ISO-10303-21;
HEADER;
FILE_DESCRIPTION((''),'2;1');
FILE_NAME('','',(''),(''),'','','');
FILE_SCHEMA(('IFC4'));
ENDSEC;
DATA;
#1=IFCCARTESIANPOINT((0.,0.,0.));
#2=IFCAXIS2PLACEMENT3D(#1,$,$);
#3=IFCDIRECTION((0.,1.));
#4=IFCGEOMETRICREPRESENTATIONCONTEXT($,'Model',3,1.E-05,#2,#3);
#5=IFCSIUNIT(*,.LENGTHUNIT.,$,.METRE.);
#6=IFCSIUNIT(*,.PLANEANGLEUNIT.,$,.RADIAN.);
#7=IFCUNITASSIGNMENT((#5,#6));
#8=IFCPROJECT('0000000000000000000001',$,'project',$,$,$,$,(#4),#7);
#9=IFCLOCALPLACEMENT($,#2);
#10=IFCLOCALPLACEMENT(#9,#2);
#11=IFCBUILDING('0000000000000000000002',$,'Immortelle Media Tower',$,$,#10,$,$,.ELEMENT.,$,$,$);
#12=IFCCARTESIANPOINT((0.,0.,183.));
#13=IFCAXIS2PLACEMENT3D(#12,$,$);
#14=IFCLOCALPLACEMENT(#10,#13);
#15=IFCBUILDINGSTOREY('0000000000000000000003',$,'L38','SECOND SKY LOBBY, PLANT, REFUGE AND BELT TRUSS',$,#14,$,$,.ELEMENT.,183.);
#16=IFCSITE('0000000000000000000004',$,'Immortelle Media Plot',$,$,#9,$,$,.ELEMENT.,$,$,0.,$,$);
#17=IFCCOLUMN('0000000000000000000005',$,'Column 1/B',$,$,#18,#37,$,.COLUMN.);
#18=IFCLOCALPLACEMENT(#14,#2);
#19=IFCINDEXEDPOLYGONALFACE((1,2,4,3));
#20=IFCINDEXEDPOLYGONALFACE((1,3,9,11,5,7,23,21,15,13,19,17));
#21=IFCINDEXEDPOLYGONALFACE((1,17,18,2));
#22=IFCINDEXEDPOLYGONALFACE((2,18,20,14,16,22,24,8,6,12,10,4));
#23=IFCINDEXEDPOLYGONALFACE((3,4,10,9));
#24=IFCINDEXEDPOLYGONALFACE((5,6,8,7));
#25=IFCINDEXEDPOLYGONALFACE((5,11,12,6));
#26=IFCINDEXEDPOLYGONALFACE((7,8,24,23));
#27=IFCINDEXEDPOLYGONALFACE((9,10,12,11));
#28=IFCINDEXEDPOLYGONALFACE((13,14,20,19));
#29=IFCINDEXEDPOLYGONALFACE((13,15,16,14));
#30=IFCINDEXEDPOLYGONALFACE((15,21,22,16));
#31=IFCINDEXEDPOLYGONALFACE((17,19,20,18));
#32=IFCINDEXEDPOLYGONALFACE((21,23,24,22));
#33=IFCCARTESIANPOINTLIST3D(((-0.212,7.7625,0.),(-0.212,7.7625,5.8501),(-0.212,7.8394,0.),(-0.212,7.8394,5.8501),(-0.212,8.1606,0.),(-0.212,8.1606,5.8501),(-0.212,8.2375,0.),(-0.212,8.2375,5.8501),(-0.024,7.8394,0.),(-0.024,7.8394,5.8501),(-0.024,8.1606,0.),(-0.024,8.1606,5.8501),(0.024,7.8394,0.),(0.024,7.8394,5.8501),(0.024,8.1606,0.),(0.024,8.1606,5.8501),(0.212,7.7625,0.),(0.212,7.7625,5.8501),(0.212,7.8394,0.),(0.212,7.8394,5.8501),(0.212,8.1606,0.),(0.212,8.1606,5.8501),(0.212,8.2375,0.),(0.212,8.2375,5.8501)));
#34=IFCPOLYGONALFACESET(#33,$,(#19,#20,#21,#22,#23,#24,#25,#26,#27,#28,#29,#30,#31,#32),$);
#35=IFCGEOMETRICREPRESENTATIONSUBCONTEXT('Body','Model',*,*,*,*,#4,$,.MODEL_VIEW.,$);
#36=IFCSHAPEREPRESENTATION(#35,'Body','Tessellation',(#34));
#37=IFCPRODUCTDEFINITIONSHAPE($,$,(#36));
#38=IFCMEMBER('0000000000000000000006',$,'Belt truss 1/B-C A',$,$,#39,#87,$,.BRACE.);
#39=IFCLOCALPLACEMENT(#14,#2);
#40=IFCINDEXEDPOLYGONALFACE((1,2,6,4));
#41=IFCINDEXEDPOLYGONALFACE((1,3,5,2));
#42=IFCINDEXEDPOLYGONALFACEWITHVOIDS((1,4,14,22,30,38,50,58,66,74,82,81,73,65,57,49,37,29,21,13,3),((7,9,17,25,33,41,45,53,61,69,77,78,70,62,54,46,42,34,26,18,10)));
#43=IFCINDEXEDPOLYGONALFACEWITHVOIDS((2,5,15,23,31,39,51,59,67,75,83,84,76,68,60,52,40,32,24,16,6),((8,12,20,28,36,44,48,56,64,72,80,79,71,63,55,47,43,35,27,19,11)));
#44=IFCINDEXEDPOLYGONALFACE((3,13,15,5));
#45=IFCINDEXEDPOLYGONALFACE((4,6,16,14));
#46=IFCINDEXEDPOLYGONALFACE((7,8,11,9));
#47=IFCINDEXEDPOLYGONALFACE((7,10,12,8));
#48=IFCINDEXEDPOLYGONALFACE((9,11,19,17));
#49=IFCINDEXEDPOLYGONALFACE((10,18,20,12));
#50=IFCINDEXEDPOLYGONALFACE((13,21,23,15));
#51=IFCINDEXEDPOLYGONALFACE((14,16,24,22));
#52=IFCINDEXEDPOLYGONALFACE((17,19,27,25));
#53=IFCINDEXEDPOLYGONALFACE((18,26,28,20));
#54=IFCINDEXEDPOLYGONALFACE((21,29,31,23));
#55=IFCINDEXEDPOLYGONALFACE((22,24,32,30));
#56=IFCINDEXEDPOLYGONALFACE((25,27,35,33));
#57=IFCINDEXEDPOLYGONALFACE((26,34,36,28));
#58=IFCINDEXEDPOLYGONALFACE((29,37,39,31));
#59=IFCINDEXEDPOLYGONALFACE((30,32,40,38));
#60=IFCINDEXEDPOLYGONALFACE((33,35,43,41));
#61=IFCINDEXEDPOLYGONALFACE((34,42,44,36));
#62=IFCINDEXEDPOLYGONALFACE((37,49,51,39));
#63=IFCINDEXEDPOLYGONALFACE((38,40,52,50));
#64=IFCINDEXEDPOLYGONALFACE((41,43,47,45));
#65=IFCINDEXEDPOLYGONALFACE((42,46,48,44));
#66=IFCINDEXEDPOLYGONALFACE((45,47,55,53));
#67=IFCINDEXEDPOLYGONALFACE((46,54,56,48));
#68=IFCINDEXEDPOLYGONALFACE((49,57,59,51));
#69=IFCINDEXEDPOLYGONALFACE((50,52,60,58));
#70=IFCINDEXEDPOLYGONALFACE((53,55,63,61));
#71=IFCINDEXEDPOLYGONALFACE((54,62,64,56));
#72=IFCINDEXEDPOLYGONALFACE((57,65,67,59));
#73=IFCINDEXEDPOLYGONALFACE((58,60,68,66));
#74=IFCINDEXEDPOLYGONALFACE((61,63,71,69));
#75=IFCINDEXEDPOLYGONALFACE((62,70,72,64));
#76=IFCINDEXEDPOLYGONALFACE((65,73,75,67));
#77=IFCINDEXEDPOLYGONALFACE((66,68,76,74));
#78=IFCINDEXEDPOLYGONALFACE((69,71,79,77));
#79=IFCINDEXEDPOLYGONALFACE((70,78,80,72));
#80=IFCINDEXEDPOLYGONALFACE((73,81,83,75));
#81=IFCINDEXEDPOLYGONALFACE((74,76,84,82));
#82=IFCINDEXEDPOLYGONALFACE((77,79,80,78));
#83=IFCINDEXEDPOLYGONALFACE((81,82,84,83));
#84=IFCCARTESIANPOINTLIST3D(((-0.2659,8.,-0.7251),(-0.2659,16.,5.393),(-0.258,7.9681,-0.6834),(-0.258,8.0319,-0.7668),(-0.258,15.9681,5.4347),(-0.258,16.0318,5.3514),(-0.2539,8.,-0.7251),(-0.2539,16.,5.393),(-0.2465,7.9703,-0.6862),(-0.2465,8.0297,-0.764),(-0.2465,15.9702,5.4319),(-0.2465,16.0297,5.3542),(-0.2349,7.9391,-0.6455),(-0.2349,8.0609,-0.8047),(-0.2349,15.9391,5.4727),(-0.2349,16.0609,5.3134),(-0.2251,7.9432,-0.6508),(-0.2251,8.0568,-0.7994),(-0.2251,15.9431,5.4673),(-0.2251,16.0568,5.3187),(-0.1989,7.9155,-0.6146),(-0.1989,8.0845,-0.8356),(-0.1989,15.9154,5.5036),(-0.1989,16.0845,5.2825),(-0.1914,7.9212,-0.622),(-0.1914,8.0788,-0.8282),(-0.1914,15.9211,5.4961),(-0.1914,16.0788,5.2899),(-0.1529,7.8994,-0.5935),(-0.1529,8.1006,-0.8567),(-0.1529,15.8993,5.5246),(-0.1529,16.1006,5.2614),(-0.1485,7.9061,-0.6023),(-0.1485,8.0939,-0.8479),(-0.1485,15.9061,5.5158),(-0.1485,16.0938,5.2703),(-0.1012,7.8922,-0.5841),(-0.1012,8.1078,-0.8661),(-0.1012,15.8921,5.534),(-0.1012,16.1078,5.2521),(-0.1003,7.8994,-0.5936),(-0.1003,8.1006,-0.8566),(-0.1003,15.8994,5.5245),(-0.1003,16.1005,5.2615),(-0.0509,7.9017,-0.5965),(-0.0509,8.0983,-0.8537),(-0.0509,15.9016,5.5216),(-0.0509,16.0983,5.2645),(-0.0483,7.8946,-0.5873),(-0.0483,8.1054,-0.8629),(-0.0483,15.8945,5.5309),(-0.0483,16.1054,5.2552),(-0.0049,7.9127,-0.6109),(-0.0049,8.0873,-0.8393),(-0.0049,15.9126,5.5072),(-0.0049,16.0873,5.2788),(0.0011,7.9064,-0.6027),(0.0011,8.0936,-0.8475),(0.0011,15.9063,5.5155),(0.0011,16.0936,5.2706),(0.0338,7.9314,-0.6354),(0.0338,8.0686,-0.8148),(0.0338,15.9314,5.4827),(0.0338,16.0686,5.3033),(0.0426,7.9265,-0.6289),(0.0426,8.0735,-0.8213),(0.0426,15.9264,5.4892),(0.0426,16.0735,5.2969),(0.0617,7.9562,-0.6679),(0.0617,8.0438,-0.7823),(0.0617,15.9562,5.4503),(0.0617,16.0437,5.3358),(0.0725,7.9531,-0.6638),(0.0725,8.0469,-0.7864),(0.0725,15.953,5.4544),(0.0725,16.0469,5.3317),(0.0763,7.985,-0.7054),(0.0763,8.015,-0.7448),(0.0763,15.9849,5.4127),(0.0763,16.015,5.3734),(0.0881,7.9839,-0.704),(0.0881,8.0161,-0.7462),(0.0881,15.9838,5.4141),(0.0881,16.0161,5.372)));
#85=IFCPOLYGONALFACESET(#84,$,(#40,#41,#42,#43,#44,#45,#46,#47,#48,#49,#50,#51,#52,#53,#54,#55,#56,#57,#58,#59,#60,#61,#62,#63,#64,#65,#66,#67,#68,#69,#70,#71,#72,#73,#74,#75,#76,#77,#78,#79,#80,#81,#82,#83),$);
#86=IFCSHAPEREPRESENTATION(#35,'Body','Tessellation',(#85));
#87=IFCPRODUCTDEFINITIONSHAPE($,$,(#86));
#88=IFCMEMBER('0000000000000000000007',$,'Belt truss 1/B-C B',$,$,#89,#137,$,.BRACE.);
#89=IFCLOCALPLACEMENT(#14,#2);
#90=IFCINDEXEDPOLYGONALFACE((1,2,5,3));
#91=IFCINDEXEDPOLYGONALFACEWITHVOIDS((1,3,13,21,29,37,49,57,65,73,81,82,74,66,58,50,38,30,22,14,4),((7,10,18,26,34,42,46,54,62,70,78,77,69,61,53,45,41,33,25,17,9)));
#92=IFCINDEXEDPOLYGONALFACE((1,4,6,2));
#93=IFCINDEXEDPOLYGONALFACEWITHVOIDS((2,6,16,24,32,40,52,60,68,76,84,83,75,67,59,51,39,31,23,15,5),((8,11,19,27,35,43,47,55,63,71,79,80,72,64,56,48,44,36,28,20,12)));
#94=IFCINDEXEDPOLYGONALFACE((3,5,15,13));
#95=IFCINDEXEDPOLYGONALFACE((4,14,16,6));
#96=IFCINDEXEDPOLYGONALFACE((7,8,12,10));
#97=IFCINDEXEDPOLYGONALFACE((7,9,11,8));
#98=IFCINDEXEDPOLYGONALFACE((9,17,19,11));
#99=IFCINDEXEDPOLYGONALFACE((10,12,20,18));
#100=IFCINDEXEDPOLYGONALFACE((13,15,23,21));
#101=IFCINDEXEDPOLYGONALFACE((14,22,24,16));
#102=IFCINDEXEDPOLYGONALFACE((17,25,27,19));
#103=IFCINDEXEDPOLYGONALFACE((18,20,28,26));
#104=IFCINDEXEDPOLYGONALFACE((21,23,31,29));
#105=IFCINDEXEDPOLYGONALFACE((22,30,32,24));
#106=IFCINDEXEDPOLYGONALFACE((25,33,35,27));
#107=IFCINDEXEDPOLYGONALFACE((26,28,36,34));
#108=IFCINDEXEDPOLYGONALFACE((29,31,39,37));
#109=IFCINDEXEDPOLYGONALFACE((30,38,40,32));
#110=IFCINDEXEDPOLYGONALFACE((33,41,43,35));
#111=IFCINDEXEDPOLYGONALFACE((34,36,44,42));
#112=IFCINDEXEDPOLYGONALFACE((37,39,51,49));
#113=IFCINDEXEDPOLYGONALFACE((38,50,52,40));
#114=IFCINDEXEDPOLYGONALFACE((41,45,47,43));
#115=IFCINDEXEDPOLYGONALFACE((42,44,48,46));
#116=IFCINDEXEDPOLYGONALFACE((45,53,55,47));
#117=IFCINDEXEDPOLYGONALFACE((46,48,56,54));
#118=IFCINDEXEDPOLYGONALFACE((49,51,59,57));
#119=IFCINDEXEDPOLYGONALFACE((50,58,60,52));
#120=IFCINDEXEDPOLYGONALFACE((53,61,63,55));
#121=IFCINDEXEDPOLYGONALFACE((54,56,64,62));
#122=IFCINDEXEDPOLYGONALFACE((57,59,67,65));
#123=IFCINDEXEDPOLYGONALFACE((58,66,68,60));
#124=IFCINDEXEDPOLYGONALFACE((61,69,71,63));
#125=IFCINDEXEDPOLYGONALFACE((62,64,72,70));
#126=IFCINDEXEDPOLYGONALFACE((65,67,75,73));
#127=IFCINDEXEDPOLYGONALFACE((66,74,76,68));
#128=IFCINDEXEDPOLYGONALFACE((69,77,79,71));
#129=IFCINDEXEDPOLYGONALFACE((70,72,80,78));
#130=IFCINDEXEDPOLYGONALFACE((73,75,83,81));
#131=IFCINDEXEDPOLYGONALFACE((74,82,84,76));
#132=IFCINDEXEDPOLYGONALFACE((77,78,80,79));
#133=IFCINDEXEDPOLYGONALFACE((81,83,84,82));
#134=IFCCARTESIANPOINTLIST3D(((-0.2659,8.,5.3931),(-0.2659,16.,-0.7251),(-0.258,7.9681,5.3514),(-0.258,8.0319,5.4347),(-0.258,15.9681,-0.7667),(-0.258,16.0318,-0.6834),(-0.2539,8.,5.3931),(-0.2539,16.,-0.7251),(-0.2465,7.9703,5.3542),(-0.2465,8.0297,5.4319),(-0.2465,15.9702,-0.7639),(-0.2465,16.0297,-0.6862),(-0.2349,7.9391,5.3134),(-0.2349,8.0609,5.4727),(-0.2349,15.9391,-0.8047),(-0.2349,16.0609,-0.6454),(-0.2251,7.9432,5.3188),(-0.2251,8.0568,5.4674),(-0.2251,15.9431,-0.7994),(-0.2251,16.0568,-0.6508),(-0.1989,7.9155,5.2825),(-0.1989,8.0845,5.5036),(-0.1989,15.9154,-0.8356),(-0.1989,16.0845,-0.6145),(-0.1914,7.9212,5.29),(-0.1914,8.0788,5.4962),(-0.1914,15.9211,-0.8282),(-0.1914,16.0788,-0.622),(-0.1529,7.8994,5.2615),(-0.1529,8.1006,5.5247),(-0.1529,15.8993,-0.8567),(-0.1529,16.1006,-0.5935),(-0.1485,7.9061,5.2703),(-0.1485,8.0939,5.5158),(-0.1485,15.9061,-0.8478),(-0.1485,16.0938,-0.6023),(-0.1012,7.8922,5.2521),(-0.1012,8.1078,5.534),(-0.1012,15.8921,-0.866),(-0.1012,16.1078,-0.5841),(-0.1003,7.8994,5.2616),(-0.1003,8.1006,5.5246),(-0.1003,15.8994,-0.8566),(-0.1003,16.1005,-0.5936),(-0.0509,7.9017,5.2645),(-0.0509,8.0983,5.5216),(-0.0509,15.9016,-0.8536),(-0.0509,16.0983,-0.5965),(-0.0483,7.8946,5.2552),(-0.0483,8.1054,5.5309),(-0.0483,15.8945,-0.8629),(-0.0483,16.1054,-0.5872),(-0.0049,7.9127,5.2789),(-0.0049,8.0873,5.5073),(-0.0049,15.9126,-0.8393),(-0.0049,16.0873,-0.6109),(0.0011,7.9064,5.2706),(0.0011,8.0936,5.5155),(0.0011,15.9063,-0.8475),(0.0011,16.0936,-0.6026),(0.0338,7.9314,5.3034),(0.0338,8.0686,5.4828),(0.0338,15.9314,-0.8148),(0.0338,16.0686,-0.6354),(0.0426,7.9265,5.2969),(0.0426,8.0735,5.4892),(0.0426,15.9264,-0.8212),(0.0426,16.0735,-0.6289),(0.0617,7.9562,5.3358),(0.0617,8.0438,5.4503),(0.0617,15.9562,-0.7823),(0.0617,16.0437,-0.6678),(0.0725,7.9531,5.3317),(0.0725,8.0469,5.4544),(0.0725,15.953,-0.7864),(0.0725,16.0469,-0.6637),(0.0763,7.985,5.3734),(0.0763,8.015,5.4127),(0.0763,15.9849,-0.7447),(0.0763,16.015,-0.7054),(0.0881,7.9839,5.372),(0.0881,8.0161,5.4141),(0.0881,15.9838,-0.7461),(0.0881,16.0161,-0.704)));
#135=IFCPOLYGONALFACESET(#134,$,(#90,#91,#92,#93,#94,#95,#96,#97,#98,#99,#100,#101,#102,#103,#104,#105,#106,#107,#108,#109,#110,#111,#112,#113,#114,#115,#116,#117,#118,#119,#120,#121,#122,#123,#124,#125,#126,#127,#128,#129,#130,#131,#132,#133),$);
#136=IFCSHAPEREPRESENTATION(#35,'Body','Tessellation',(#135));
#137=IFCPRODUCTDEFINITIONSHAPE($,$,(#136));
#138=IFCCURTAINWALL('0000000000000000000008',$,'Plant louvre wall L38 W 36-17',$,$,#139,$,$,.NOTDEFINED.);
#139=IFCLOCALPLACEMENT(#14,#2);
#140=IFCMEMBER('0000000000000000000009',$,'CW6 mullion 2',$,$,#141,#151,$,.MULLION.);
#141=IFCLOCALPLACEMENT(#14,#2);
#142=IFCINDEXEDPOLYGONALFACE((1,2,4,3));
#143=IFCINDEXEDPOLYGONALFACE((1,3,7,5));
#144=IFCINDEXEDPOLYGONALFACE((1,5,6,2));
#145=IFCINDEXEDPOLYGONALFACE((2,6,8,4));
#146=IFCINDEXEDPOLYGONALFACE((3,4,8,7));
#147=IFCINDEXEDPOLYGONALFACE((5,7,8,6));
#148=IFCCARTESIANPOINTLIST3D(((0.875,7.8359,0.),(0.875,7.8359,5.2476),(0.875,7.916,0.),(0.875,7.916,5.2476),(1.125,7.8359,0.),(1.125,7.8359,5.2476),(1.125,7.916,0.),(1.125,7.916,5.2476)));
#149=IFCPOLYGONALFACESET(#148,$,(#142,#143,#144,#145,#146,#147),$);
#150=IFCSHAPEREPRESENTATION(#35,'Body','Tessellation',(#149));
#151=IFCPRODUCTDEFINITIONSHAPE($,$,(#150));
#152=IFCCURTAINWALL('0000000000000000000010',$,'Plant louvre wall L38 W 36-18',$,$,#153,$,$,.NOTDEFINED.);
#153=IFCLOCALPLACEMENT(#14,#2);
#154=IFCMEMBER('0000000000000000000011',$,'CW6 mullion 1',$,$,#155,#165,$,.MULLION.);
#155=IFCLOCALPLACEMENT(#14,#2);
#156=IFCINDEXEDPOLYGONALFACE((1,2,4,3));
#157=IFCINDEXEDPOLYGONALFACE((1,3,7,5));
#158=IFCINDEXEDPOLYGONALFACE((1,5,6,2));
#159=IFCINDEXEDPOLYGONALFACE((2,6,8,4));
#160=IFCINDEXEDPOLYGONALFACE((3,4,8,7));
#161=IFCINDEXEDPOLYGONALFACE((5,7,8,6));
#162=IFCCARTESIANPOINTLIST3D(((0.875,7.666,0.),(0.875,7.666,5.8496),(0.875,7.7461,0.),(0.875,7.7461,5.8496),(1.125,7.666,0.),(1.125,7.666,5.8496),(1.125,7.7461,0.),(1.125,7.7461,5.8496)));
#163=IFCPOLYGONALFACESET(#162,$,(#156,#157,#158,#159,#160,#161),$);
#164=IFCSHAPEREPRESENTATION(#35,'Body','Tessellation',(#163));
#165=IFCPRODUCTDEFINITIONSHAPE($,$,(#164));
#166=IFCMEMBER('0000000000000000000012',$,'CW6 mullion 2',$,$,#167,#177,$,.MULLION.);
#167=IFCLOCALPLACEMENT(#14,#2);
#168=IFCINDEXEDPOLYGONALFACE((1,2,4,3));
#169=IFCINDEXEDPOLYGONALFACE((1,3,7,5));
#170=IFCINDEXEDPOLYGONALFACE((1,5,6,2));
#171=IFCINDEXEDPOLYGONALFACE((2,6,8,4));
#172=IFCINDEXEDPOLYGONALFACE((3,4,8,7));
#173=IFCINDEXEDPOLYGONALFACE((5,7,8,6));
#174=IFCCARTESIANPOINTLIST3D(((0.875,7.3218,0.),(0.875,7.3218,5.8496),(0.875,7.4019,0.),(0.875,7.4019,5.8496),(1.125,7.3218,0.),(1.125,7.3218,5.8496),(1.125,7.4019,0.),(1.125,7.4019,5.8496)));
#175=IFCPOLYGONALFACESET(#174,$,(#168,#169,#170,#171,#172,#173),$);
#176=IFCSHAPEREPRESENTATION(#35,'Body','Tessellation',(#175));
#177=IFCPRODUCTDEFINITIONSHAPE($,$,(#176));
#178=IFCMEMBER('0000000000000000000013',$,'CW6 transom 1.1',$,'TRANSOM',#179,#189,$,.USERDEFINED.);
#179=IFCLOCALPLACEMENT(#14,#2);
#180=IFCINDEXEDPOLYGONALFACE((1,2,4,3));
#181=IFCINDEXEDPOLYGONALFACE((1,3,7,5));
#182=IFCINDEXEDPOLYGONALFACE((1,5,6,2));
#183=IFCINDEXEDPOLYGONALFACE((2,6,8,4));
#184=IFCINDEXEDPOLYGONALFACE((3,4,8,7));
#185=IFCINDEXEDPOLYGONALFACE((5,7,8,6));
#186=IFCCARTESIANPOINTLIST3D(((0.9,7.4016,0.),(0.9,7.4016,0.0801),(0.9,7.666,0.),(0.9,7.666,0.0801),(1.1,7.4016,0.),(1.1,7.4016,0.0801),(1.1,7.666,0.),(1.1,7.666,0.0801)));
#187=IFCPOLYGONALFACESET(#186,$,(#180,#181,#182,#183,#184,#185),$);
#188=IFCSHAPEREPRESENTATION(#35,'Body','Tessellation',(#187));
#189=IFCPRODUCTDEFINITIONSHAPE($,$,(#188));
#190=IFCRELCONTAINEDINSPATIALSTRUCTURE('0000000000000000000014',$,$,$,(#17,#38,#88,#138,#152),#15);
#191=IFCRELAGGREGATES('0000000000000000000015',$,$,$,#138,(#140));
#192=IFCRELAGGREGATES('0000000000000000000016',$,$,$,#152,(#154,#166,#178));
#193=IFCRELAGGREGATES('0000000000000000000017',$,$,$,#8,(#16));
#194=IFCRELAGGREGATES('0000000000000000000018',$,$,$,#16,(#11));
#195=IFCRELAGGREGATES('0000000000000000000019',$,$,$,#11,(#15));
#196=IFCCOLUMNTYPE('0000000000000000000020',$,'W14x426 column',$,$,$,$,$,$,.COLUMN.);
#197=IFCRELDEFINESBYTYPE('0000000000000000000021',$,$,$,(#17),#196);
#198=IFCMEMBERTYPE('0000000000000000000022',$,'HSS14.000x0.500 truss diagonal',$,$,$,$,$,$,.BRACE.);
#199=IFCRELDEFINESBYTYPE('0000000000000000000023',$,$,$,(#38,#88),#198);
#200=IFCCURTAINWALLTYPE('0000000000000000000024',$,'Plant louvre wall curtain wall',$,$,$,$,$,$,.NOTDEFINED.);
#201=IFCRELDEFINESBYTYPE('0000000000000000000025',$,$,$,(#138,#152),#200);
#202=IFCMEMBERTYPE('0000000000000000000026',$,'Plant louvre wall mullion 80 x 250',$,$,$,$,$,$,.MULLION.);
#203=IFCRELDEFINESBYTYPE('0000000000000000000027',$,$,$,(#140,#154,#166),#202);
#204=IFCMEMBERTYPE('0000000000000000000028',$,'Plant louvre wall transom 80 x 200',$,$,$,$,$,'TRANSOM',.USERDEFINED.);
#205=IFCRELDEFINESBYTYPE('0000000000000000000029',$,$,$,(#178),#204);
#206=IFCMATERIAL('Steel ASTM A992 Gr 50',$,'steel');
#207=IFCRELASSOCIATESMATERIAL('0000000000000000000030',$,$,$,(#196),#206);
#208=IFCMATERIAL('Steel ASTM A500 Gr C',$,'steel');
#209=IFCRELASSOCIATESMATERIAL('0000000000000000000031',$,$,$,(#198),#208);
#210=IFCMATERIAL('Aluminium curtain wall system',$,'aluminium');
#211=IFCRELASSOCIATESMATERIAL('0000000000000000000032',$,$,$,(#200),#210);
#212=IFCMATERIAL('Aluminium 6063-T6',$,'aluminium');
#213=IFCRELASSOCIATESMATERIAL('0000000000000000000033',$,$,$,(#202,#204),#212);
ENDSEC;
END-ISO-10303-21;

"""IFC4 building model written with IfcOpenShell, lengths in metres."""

from ifc_helpers import new_model, si_unit, direction, frame, origin, origin_2d, place, context, subcontext, project, spatial, rectangle, hollow_circle, i_section, extrude, material, material_profile, profile_set, type_object, element, aggregate, save


model = new_model("IFC4")

# Units and contexts
model_context = context("Model", 3, precision=1e-05, world=origin(), true_north=direction((0.0, 1.0)))
body_context = subcontext(model_context, "Body", "Model", "MODEL_VIEW")
ifc_project = project(units=[si_unit("LENGTHUNIT", "METRE"), si_unit("PLANEANGLEUNIT", "RADIAN")], contexts=[model_context])

# Site, building, storey
site_placement = place(None, origin())
site = spatial("IfcSite", under=ifc_project, at=site_placement, Name="Immortelle Media Plot", CompositionType="ELEMENT", RefElevation=0.0)
building_placement = place(site_placement, origin())
building = spatial("IfcBuilding", under=site, at=building_placement, Name="Immortelle Media Tower", CompositionType="ELEMENT")
storey_placement = place(building_placement, frame((0.0, 0.0, 183.0)))
storey = spatial("IfcBuildingStorey", under=building, at=storey_placement, Name="L38", Description="SECOND SKY LOBBY, PLANT, REFUGE AND BELT TRUSS", CompositionType="ELEMENT", Elevation=183.0)

# Column
ifc_material_1 = material(Name="Steel ASTM A992 Gr 50", Category="steel")
ifc_material_profile_1 = material_profile(ifc_material_1, i_section(OverallWidth=0.4241, OverallDepth=0.4751, WebThickness=0.0481, FlangeThickness=0.0769, at=origin_2d()), Name="W14x426")
ifc_profile_set_1 = profile_set([ifc_material_profile_1], Name="Steel ASTM A992 Gr 50")
column_type = type_object("IfcColumnType", Name="W14x426 column", PredefinedType="COLUMN", material=ifc_profile_set_1)
column_placement = place(storey_placement, frame((0.0, 8.0, 0.0), z_axis=(0.0, 0.0, 1.0), x_axis=(1.0, 0.0, 0.0)))
element("IfcColumn", 1, at=column_placement, inside=storey, type_object=column_type, Name="Column 1/B", PredefinedType="COLUMN", context=body_context, shape_type="SweptSolid", body=[
    extrude(i_section(OverallWidth=0.4241, OverallDepth=0.4751, WebThickness=0.0481, FlangeThickness=0.0769, at=origin_2d()), origin(), (0.0, 0.0, 1.0), 5.8501),
])

# Members
ifc_material_2 = material(Name="Steel ASTM A500 Gr C", Category="steel")
ifc_material_profile_2 = material_profile(ifc_material_2, hollow_circle(Radius=0.178, WallThickness=0.012, at=origin_2d()), Name="HSS14.000x0.500 truss diagonal")
ifc_profile_set_2 = profile_set([ifc_material_profile_2], Name="Steel ASTM A500 Gr C")
member_type_1 = type_object("IfcMemberType", Name="HSS14.000x0.500 truss diagonal", PredefinedType="BRACE", material=ifc_profile_set_2)
for number, where, z_axis, x_axis, name in (
    (2, (-0.0879, 8.0, -0.7251), (0.0, 0.794333, 0.607482), (-1.0, 0.0, 0.0), "Belt truss 1/B-C A"),
    (3, (-0.0879, 8.0, 5.3931), (0.0, 0.794333, -0.607482), (-1.0, 0.0, 0.0), "Belt truss 1/B-C B"),
):
    element("IfcMember", number, at=place(storey_placement, frame(where, z_axis=z_axis, x_axis=x_axis)), inside=storey, type_object=member_type_1, Name=name, PredefinedType="BRACE", context=body_context, shape_type="SweptSolid", body=[
        extrude(hollow_circle(Radius=0.178, WallThickness=0.012, at=origin_2d()), origin(), (0.0, 0.0, 1.0), 10.0713),
    ])

# Curtain wall, member
ifc_material_3 = material(Name="Aluminium curtain wall system", Category="aluminium")
curtain_wall_type = type_object("IfcCurtainWallType", Name="Plant louvre wall curtain wall", PredefinedType="NOTDEFINED", material=ifc_material_3)
curtain_wall_1_placement = place(storey_placement, origin())
curtain_wall_1 = element("IfcCurtainWall", 4, at=curtain_wall_1_placement, inside=storey, type_object=curtain_wall_type, Name="Plant louvre wall L38 W 36-17", PredefinedType="NOTDEFINED")
ifc_material_4 = material(Name="Aluminium 6063-T6", Category="aluminium")
ifc_material_profile_3 = material_profile(ifc_material_4, rectangle(XDim=0.25, YDim=0.0801, at=origin_2d()), Name="AL 80x250")
ifc_profile_set_3 = profile_set([ifc_material_profile_3], Name="Aluminium 6063-T6")
member_type_2 = type_object("IfcMemberType", Name="Plant louvre wall mullion 80 x 250", PredefinedType="MULLION", material=ifc_profile_set_3)
member_1_placement = place(storey_placement, frame((1.0, 7.876, 0.0), z_axis=(0.0, 0.0, 1.0), x_axis=(1.0, 0.0, 0.0)))
member_1 = element("IfcMember", 5, at=member_1_placement, type_object=member_type_2, Name="CW6 mullion 2", PredefinedType="MULLION", context=body_context, shape_type="SweptSolid", body=[
    extrude(rectangle(XDim=0.25, YDim=0.0801, at=origin_2d()), origin(), (0.0, 0.0, 1.0), 5.2476),
])

# Curtain wall, members
curtain_wall_2_placement = place(storey_placement, origin())
curtain_wall_2 = element("IfcCurtainWall", 6, at=curtain_wall_2_placement, inside=storey, type_object=curtain_wall_type, Name="Plant louvre wall L38 W 36-18", PredefinedType="NOTDEFINED")
member_2_placement = place(storey_placement, frame((1.0, 7.7061, 0.0), z_axis=(0.0, 0.0, 1.0), x_axis=(1.0, 0.0, 0.0)))
member_2 = element("IfcMember", 7, at=member_2_placement, type_object=member_type_2, Name="CW6 mullion 1", PredefinedType="MULLION", context=body_context, shape_type="SweptSolid", body=[
    extrude(rectangle(XDim=0.25, YDim=0.0801, at=origin_2d()), origin(), (0.0, 0.0, 1.0), 5.8496),
])
member_3_placement = place(storey_placement, frame((1.0, 7.3618, 0.0), z_axis=(0.0, 0.0, 1.0), x_axis=(1.0, 0.0, 0.0)))
member_3 = element("IfcMember", 8, at=member_3_placement, type_object=member_type_2, Name="CW6 mullion 2", PredefinedType="MULLION", context=body_context, shape_type="SweptSolid", body=[
    extrude(rectangle(XDim=0.25, YDim=0.0801, at=origin_2d()), origin(), (0.0, 0.0, 1.0), 5.8496),
])
ifc_material_profile_4 = material_profile(ifc_material_4, rectangle(XDim=0.2, YDim=0.0801, at=origin_2d()), Name="AL 80x200")
ifc_profile_set_4 = profile_set([ifc_material_profile_4], Name="Aluminium 6063-T6")
member_type_3 = type_object("IfcMemberType", Name="Plant louvre wall transom 80 x 200", ElementType="TRANSOM", PredefinedType="USERDEFINED", material=ifc_profile_set_4)
member_4_placement = place(storey_placement, frame((1.0, 7.666, 0.04), z_axis=(0.0, -1.0, 0.0), x_axis=(1.0, 0.0, 0.0)))
member_4 = element("IfcMember", 9, at=member_4_placement, type_object=member_type_3, Name="CW6 transom 1.1", ObjectType="TRANSOM", PredefinedType="USERDEFINED", context=body_context, shape_type="SweptSolid", body=[
    extrude(rectangle(XDim=0.2, YDim=0.0801, at=origin_2d()), origin(), (0.0, 0.0, 1.0), 0.2644),
])

aggregate(curtain_wall_1, [member_1])
aggregate(curtain_wall_2, [member_2, member_3, member_4])

save(model, "model.ifc")
